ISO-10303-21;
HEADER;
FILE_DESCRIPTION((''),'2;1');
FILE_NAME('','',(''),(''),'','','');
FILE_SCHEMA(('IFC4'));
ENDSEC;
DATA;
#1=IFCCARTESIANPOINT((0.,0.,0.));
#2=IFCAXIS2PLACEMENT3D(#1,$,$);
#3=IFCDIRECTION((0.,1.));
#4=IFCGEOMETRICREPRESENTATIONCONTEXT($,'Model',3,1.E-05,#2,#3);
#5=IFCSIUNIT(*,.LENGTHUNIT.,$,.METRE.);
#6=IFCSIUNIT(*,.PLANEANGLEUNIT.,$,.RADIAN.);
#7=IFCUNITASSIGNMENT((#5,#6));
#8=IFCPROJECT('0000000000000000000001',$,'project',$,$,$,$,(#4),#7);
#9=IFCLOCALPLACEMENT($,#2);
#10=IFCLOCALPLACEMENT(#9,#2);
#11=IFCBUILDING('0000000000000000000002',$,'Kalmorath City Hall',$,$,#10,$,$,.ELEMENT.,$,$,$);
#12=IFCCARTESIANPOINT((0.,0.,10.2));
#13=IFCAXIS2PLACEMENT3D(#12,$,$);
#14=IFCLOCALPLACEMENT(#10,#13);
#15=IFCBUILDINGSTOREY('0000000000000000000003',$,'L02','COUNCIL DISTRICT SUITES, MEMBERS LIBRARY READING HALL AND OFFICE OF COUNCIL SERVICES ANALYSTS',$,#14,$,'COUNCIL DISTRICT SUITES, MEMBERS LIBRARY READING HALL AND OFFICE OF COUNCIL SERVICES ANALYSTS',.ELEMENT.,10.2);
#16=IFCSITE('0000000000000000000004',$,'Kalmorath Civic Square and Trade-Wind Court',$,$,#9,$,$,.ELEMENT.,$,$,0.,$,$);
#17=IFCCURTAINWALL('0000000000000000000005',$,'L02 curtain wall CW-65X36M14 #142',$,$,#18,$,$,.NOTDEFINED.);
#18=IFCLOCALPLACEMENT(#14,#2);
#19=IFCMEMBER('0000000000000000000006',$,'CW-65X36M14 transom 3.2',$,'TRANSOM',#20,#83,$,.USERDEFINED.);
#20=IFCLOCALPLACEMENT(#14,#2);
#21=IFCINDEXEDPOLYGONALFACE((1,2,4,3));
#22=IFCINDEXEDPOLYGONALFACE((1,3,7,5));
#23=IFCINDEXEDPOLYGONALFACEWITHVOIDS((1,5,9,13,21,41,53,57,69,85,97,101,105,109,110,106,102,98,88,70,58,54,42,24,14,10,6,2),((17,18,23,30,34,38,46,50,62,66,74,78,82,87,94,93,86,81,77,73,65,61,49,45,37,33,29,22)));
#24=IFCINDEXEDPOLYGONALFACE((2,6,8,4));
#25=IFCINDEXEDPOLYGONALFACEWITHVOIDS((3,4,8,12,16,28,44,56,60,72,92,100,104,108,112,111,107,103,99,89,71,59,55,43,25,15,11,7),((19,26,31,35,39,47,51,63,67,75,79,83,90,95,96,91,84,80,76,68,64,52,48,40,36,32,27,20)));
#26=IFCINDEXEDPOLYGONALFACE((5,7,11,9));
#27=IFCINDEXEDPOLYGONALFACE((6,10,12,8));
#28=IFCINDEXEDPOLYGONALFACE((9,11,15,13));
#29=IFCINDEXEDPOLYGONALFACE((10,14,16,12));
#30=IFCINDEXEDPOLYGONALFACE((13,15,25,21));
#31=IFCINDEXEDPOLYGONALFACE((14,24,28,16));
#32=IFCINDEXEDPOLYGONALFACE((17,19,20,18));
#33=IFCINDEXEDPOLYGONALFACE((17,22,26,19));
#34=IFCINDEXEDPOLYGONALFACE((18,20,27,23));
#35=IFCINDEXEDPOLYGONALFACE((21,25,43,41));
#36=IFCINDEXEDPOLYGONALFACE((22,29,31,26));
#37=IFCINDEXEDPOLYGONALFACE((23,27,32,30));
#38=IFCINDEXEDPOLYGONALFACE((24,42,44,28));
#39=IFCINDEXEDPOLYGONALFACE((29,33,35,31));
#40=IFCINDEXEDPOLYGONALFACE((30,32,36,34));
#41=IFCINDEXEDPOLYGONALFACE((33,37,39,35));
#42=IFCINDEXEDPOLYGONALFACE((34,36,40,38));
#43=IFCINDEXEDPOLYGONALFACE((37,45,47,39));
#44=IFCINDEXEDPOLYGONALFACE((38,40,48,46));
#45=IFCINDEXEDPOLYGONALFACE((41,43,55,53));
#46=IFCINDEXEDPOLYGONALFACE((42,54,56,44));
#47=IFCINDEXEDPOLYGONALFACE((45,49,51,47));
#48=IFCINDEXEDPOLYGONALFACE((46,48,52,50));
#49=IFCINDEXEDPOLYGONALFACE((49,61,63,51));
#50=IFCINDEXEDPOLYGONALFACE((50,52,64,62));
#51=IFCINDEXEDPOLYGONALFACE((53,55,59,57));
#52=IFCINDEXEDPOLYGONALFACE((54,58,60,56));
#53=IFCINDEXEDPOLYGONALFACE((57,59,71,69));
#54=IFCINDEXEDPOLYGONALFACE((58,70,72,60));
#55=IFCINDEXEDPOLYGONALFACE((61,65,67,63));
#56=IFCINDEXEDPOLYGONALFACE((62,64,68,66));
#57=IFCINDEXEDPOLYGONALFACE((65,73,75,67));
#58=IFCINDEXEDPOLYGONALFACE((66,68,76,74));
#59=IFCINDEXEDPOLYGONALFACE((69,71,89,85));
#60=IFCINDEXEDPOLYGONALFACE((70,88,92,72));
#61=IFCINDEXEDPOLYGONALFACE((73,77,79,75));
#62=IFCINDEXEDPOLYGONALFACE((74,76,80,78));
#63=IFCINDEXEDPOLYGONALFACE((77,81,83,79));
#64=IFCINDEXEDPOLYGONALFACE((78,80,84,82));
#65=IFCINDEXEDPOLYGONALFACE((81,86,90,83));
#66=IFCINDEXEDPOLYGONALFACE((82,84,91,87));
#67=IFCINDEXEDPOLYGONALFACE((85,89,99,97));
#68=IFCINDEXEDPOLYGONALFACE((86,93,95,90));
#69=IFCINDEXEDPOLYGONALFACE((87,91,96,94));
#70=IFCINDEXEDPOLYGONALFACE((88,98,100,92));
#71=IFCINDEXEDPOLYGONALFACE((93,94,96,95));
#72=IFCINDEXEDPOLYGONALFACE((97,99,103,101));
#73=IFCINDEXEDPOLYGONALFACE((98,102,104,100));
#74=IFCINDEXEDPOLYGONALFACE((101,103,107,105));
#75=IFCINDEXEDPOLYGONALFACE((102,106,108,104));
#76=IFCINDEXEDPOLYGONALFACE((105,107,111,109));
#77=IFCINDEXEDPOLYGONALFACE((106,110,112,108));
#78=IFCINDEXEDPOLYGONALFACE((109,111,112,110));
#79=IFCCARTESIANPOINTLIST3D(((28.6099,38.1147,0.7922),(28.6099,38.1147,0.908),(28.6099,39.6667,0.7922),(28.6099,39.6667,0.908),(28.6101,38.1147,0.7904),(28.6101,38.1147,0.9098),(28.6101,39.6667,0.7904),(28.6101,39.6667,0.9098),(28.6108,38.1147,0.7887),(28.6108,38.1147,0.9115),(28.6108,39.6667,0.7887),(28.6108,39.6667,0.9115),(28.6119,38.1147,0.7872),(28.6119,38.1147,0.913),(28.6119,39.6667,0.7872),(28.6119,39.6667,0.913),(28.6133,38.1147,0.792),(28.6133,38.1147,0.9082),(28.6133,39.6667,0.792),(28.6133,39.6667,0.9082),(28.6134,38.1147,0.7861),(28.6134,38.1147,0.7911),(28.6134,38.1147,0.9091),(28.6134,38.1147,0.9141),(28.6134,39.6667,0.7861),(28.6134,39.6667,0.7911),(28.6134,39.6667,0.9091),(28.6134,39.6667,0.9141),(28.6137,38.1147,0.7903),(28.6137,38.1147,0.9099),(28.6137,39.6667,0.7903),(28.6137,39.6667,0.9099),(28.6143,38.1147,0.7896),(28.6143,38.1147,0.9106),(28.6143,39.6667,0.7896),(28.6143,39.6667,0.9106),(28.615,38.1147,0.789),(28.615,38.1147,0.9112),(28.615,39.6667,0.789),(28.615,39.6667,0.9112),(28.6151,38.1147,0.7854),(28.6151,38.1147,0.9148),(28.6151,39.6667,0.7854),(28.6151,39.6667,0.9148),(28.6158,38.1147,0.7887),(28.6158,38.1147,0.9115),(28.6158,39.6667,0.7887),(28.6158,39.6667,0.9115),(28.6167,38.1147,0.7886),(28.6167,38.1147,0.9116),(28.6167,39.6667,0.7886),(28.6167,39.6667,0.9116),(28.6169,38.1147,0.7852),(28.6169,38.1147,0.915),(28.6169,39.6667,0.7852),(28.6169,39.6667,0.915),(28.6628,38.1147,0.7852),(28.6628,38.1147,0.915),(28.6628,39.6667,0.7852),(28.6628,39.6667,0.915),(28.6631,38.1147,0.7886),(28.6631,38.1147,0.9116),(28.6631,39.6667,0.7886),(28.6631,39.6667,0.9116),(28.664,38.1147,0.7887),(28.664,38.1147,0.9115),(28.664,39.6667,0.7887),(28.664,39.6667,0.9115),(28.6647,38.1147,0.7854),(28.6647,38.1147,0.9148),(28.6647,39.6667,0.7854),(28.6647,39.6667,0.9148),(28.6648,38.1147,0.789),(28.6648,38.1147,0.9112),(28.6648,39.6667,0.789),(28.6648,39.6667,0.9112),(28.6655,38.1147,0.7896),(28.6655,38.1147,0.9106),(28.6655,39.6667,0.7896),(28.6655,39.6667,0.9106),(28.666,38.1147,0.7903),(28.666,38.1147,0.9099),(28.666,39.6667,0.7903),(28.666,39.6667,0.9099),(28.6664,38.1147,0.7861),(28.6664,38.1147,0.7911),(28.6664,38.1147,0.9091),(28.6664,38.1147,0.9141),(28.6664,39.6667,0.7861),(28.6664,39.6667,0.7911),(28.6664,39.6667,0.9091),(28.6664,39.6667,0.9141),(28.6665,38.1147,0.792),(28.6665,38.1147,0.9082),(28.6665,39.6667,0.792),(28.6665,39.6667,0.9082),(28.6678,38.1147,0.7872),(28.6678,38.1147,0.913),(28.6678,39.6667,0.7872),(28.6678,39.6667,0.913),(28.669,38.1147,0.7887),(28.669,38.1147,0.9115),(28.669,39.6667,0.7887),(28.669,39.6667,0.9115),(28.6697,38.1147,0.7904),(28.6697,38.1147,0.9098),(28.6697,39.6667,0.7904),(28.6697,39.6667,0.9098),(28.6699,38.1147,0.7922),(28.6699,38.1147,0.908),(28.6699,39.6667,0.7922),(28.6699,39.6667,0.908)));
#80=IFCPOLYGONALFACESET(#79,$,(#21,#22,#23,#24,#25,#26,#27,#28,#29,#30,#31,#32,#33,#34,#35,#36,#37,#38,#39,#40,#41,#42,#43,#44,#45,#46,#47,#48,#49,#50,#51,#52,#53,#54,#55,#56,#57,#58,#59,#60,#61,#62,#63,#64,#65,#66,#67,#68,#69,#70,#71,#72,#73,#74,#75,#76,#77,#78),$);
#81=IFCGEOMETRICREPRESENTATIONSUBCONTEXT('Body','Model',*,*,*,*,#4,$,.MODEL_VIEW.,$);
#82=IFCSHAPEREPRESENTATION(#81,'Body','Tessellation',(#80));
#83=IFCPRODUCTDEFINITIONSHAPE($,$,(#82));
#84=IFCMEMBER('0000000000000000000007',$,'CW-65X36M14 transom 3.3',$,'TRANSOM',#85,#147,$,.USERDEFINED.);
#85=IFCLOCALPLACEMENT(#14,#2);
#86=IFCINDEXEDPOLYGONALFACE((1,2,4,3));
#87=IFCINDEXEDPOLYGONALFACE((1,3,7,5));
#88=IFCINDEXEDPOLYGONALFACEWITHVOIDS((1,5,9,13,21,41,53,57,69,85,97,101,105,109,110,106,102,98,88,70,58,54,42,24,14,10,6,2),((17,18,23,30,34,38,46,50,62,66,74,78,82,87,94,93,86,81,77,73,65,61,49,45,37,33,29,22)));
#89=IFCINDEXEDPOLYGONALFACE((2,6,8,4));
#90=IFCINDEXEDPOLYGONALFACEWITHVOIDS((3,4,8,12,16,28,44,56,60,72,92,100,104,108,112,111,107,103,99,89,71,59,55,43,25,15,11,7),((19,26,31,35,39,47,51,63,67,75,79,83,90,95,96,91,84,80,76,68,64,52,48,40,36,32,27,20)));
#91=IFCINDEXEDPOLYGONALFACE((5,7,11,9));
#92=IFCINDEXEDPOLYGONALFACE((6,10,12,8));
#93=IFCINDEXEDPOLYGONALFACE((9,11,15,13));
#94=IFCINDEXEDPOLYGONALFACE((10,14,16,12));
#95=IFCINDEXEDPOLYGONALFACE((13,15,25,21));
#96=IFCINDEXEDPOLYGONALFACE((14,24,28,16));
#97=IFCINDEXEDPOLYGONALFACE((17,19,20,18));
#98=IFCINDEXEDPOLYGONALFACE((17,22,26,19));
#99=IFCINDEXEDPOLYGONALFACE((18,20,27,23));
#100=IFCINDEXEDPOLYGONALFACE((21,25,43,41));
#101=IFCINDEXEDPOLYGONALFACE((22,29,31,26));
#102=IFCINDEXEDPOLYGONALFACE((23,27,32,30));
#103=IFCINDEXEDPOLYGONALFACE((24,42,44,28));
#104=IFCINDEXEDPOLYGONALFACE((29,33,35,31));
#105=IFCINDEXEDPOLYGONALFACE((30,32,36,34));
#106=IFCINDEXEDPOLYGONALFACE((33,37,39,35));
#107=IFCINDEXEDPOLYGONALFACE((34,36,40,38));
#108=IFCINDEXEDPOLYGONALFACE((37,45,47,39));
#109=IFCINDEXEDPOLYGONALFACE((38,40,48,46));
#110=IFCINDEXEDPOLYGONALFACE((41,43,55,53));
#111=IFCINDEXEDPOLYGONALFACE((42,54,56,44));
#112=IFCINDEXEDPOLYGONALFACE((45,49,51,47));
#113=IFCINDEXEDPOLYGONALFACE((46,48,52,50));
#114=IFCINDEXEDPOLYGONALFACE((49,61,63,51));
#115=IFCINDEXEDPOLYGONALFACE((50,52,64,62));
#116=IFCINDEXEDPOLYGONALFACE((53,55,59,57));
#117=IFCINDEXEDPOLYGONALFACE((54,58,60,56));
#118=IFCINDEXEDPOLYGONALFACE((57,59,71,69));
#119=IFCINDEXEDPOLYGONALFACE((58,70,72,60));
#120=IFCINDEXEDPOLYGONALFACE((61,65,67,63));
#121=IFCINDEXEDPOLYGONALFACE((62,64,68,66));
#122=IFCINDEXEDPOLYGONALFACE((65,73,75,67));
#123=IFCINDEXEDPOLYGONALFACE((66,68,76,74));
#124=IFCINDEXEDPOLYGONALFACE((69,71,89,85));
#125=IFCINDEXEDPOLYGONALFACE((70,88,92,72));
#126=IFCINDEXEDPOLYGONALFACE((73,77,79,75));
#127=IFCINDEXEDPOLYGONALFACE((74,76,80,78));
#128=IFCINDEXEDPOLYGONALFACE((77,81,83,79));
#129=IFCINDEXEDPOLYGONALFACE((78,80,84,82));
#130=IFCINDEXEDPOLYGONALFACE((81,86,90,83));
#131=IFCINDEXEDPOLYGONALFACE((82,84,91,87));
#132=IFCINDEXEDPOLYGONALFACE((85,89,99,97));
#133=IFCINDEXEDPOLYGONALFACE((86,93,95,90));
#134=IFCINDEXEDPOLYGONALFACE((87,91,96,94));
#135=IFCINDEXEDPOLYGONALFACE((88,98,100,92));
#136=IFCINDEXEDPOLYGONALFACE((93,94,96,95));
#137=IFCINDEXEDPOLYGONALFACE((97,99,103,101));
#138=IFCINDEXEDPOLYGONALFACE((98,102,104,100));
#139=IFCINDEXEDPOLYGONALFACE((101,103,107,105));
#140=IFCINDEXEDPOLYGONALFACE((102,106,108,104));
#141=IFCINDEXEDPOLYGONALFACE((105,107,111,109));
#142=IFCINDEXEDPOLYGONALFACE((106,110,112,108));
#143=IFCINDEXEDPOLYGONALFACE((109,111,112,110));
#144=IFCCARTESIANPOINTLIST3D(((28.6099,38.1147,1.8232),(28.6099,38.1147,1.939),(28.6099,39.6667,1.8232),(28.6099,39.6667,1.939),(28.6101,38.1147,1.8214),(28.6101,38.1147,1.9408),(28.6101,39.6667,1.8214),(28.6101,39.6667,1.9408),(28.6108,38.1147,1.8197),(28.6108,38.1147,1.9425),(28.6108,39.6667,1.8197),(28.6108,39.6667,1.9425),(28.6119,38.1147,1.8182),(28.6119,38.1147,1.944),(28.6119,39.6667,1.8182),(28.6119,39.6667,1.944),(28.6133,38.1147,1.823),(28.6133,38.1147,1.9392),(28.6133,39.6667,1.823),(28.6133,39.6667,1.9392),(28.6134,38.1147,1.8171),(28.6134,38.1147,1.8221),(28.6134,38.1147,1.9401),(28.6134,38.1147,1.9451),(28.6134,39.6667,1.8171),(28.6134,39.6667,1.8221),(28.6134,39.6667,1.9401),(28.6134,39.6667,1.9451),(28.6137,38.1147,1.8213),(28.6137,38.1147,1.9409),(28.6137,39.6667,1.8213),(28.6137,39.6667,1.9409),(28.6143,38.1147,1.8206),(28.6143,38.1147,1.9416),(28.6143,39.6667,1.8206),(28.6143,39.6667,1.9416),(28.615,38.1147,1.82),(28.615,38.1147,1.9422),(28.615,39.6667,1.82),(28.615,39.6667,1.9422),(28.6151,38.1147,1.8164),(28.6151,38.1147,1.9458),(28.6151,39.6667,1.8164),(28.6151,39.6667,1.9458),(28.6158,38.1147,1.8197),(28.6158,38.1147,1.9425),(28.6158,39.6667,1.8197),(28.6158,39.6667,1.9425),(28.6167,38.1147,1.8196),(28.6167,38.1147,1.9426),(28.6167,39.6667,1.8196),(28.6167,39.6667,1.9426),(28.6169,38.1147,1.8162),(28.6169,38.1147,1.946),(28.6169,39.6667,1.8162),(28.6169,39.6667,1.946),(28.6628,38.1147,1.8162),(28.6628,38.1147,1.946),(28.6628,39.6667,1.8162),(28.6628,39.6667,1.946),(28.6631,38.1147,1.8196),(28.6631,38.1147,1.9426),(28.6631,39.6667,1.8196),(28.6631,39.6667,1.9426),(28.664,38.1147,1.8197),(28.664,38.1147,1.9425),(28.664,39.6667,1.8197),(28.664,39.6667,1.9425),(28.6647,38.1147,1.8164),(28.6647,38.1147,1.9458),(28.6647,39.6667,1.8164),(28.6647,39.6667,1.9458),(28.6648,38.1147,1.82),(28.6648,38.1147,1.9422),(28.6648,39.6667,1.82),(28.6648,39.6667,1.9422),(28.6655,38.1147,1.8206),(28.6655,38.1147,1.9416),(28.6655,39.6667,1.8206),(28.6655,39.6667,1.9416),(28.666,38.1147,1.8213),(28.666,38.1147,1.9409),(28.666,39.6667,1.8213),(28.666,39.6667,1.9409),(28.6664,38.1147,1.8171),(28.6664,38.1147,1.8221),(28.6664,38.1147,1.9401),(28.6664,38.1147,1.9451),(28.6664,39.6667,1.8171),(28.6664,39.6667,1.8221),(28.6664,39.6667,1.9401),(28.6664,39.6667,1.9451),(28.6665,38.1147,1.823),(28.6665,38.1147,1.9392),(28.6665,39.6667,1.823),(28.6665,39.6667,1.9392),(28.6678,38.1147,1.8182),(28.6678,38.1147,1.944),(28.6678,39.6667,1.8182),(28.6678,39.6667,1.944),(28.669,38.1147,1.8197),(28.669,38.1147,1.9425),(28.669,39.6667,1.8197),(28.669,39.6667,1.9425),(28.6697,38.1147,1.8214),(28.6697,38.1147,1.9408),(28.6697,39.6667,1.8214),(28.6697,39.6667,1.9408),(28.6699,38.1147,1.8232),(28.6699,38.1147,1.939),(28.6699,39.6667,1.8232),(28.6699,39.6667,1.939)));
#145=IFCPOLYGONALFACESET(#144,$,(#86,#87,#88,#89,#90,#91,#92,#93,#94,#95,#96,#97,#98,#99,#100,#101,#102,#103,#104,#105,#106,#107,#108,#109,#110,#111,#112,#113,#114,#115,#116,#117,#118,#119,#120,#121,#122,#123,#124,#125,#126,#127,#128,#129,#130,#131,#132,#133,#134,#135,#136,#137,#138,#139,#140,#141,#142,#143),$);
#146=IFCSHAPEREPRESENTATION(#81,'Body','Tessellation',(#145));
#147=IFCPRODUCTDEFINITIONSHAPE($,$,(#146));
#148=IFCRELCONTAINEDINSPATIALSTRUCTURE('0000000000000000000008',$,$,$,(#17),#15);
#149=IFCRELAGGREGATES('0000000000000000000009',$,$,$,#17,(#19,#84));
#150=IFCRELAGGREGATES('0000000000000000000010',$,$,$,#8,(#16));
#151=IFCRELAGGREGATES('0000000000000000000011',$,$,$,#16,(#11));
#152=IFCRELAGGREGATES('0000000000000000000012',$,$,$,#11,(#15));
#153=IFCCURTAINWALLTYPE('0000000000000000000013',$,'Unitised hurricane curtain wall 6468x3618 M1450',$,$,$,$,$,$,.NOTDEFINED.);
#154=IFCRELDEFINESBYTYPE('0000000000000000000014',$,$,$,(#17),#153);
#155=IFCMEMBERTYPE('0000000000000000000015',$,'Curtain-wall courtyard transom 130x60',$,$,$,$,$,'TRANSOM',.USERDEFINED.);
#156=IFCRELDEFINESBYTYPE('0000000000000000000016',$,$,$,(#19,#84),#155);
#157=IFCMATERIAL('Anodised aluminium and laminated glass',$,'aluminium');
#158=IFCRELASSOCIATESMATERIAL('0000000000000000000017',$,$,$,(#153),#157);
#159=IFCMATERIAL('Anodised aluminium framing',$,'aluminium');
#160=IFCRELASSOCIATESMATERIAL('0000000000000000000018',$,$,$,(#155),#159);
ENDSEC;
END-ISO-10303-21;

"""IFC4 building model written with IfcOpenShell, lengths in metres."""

from ifc_helpers import new_model, si_unit, direction, frame, origin, origin_2d, place, context, subcontext, project, spatial, hollow_rectangle, extrude, material, material_profile, profile_set, type_object, element, aggregate, save


model = new_model("IFC4")

# Units and contexts
model_context = context("Model", 3, precision=1e-05, world=origin(), true_north=direction((0.0, 1.0)))
body_context = subcontext(model_context, "Body", "Model", "MODEL_VIEW")
ifc_project = project(units=[si_unit("LENGTHUNIT", "METRE"), si_unit("PLANEANGLEUNIT", "RADIAN")], contexts=[model_context])

# Site, building, storey
site_placement = place(None, origin())
site = spatial("IfcSite", under=ifc_project, at=site_placement, Name="Kalmorath Civic Square and Trade-Wind Court", CompositionType="ELEMENT", RefElevation=0.0)
building_placement = place(site_placement, origin())
building = spatial("IfcBuilding", under=site, at=building_placement, Name="Kalmorath City Hall", CompositionType="ELEMENT")
storey_placement = place(building_placement, frame((0.0, 0.0, 10.2)))
storey = spatial("IfcBuildingStorey", under=building, at=storey_placement, Name="L02", Description="COUNCIL DISTRICT SUITES, MEMBERS LIBRARY READING HALL AND OFFICE OF COUNCIL SERVICES ANALYSTS", LongName="COUNCIL DISTRICT SUITES, MEMBERS LIBRARY READING HALL AND OFFICE OF COUNCIL SERVICES ANALYSTS", CompositionType="ELEMENT", Elevation=10.2)

# Curtain wall, members
ifc_material_1 = material(Name="Anodised aluminium and laminated glass", Category="aluminium")
curtain_wall_type = type_object("IfcCurtainWallType", Name="Unitised hurricane curtain wall 6468x3618 M1450", PredefinedType="NOTDEFINED", material=ifc_material_1)
curtain_wall_placement = place(storey_placement, origin())
curtain_wall = element("IfcCurtainWall", 1, at=curtain_wall_placement, inside=storey, type_object=curtain_wall_type, Name="L02 curtain wall CW-65X36M14 #142", PredefinedType="NOTDEFINED")
ifc_material_2 = material(Name="Anodised aluminium framing", Category="aluminium")
ifc_material_profile_1 = material_profile(ifc_material_2, hollow_rectangle(XDim=0.0601, YDim=0.1299, WallThickness=0.0034, InnerFilletRadius=0.0034, OuterFilletRadius=0.0071, at=origin_2d()), Name="ALU-TRN-130X60X3.5")
ifc_profile_set_1 = profile_set([ifc_material_profile_1], Name="Anodised aluminium framing")
member_type_1 = type_object("IfcMemberType", Name="Curtain-wall courtyard transom 130x60", ElementType="TRANSOM", PredefinedType="USERDEFINED", material=ifc_profile_set_1)
member_1_placement = place(storey_placement, frame((28.6399, 39.6667, 0.8501), z_axis=(0.0, -1.0, 0.0), x_axis=(1.0, 0.0, 0.0)))
member_1 = element("IfcMember", 2, at=member_1_placement, type_object=member_type_1, Name="CW-65X36M14 transom 3.2", ObjectType="TRANSOM", PredefinedType="USERDEFINED", context=body_context, shape_type="SweptSolid", body=[
    extrude(hollow_rectangle(XDim=0.0601, YDim=0.1299, WallThickness=0.0034, InnerFilletRadius=0.0034, OuterFilletRadius=0.0071, at=origin_2d()), origin(), (0.0, 0.0, 1.0), 1.552),
])
member_2_placement = place(storey_placement, frame((28.6399, 39.6667, 1.8811), z_axis=(0.0, -1.0, 0.0), x_axis=(1.0, 0.0, 0.0)))
member_2 = element("IfcMember", 3, at=member_2_placement, type_object=member_type_1, Name="CW-65X36M14 transom 3.3", ObjectType="TRANSOM", PredefinedType="USERDEFINED", context=body_context, shape_type="SweptSolid", body=[
    extrude(hollow_rectangle(XDim=0.0601, YDim=0.1299, WallThickness=0.0034, InnerFilletRadius=0.0034, OuterFilletRadius=0.0071, at=origin_2d()), origin(), (0.0, 0.0, 1.0), 1.552),
])

aggregate(curtain_wall, [member_1, member_2])

save(model, "model.ifc")
